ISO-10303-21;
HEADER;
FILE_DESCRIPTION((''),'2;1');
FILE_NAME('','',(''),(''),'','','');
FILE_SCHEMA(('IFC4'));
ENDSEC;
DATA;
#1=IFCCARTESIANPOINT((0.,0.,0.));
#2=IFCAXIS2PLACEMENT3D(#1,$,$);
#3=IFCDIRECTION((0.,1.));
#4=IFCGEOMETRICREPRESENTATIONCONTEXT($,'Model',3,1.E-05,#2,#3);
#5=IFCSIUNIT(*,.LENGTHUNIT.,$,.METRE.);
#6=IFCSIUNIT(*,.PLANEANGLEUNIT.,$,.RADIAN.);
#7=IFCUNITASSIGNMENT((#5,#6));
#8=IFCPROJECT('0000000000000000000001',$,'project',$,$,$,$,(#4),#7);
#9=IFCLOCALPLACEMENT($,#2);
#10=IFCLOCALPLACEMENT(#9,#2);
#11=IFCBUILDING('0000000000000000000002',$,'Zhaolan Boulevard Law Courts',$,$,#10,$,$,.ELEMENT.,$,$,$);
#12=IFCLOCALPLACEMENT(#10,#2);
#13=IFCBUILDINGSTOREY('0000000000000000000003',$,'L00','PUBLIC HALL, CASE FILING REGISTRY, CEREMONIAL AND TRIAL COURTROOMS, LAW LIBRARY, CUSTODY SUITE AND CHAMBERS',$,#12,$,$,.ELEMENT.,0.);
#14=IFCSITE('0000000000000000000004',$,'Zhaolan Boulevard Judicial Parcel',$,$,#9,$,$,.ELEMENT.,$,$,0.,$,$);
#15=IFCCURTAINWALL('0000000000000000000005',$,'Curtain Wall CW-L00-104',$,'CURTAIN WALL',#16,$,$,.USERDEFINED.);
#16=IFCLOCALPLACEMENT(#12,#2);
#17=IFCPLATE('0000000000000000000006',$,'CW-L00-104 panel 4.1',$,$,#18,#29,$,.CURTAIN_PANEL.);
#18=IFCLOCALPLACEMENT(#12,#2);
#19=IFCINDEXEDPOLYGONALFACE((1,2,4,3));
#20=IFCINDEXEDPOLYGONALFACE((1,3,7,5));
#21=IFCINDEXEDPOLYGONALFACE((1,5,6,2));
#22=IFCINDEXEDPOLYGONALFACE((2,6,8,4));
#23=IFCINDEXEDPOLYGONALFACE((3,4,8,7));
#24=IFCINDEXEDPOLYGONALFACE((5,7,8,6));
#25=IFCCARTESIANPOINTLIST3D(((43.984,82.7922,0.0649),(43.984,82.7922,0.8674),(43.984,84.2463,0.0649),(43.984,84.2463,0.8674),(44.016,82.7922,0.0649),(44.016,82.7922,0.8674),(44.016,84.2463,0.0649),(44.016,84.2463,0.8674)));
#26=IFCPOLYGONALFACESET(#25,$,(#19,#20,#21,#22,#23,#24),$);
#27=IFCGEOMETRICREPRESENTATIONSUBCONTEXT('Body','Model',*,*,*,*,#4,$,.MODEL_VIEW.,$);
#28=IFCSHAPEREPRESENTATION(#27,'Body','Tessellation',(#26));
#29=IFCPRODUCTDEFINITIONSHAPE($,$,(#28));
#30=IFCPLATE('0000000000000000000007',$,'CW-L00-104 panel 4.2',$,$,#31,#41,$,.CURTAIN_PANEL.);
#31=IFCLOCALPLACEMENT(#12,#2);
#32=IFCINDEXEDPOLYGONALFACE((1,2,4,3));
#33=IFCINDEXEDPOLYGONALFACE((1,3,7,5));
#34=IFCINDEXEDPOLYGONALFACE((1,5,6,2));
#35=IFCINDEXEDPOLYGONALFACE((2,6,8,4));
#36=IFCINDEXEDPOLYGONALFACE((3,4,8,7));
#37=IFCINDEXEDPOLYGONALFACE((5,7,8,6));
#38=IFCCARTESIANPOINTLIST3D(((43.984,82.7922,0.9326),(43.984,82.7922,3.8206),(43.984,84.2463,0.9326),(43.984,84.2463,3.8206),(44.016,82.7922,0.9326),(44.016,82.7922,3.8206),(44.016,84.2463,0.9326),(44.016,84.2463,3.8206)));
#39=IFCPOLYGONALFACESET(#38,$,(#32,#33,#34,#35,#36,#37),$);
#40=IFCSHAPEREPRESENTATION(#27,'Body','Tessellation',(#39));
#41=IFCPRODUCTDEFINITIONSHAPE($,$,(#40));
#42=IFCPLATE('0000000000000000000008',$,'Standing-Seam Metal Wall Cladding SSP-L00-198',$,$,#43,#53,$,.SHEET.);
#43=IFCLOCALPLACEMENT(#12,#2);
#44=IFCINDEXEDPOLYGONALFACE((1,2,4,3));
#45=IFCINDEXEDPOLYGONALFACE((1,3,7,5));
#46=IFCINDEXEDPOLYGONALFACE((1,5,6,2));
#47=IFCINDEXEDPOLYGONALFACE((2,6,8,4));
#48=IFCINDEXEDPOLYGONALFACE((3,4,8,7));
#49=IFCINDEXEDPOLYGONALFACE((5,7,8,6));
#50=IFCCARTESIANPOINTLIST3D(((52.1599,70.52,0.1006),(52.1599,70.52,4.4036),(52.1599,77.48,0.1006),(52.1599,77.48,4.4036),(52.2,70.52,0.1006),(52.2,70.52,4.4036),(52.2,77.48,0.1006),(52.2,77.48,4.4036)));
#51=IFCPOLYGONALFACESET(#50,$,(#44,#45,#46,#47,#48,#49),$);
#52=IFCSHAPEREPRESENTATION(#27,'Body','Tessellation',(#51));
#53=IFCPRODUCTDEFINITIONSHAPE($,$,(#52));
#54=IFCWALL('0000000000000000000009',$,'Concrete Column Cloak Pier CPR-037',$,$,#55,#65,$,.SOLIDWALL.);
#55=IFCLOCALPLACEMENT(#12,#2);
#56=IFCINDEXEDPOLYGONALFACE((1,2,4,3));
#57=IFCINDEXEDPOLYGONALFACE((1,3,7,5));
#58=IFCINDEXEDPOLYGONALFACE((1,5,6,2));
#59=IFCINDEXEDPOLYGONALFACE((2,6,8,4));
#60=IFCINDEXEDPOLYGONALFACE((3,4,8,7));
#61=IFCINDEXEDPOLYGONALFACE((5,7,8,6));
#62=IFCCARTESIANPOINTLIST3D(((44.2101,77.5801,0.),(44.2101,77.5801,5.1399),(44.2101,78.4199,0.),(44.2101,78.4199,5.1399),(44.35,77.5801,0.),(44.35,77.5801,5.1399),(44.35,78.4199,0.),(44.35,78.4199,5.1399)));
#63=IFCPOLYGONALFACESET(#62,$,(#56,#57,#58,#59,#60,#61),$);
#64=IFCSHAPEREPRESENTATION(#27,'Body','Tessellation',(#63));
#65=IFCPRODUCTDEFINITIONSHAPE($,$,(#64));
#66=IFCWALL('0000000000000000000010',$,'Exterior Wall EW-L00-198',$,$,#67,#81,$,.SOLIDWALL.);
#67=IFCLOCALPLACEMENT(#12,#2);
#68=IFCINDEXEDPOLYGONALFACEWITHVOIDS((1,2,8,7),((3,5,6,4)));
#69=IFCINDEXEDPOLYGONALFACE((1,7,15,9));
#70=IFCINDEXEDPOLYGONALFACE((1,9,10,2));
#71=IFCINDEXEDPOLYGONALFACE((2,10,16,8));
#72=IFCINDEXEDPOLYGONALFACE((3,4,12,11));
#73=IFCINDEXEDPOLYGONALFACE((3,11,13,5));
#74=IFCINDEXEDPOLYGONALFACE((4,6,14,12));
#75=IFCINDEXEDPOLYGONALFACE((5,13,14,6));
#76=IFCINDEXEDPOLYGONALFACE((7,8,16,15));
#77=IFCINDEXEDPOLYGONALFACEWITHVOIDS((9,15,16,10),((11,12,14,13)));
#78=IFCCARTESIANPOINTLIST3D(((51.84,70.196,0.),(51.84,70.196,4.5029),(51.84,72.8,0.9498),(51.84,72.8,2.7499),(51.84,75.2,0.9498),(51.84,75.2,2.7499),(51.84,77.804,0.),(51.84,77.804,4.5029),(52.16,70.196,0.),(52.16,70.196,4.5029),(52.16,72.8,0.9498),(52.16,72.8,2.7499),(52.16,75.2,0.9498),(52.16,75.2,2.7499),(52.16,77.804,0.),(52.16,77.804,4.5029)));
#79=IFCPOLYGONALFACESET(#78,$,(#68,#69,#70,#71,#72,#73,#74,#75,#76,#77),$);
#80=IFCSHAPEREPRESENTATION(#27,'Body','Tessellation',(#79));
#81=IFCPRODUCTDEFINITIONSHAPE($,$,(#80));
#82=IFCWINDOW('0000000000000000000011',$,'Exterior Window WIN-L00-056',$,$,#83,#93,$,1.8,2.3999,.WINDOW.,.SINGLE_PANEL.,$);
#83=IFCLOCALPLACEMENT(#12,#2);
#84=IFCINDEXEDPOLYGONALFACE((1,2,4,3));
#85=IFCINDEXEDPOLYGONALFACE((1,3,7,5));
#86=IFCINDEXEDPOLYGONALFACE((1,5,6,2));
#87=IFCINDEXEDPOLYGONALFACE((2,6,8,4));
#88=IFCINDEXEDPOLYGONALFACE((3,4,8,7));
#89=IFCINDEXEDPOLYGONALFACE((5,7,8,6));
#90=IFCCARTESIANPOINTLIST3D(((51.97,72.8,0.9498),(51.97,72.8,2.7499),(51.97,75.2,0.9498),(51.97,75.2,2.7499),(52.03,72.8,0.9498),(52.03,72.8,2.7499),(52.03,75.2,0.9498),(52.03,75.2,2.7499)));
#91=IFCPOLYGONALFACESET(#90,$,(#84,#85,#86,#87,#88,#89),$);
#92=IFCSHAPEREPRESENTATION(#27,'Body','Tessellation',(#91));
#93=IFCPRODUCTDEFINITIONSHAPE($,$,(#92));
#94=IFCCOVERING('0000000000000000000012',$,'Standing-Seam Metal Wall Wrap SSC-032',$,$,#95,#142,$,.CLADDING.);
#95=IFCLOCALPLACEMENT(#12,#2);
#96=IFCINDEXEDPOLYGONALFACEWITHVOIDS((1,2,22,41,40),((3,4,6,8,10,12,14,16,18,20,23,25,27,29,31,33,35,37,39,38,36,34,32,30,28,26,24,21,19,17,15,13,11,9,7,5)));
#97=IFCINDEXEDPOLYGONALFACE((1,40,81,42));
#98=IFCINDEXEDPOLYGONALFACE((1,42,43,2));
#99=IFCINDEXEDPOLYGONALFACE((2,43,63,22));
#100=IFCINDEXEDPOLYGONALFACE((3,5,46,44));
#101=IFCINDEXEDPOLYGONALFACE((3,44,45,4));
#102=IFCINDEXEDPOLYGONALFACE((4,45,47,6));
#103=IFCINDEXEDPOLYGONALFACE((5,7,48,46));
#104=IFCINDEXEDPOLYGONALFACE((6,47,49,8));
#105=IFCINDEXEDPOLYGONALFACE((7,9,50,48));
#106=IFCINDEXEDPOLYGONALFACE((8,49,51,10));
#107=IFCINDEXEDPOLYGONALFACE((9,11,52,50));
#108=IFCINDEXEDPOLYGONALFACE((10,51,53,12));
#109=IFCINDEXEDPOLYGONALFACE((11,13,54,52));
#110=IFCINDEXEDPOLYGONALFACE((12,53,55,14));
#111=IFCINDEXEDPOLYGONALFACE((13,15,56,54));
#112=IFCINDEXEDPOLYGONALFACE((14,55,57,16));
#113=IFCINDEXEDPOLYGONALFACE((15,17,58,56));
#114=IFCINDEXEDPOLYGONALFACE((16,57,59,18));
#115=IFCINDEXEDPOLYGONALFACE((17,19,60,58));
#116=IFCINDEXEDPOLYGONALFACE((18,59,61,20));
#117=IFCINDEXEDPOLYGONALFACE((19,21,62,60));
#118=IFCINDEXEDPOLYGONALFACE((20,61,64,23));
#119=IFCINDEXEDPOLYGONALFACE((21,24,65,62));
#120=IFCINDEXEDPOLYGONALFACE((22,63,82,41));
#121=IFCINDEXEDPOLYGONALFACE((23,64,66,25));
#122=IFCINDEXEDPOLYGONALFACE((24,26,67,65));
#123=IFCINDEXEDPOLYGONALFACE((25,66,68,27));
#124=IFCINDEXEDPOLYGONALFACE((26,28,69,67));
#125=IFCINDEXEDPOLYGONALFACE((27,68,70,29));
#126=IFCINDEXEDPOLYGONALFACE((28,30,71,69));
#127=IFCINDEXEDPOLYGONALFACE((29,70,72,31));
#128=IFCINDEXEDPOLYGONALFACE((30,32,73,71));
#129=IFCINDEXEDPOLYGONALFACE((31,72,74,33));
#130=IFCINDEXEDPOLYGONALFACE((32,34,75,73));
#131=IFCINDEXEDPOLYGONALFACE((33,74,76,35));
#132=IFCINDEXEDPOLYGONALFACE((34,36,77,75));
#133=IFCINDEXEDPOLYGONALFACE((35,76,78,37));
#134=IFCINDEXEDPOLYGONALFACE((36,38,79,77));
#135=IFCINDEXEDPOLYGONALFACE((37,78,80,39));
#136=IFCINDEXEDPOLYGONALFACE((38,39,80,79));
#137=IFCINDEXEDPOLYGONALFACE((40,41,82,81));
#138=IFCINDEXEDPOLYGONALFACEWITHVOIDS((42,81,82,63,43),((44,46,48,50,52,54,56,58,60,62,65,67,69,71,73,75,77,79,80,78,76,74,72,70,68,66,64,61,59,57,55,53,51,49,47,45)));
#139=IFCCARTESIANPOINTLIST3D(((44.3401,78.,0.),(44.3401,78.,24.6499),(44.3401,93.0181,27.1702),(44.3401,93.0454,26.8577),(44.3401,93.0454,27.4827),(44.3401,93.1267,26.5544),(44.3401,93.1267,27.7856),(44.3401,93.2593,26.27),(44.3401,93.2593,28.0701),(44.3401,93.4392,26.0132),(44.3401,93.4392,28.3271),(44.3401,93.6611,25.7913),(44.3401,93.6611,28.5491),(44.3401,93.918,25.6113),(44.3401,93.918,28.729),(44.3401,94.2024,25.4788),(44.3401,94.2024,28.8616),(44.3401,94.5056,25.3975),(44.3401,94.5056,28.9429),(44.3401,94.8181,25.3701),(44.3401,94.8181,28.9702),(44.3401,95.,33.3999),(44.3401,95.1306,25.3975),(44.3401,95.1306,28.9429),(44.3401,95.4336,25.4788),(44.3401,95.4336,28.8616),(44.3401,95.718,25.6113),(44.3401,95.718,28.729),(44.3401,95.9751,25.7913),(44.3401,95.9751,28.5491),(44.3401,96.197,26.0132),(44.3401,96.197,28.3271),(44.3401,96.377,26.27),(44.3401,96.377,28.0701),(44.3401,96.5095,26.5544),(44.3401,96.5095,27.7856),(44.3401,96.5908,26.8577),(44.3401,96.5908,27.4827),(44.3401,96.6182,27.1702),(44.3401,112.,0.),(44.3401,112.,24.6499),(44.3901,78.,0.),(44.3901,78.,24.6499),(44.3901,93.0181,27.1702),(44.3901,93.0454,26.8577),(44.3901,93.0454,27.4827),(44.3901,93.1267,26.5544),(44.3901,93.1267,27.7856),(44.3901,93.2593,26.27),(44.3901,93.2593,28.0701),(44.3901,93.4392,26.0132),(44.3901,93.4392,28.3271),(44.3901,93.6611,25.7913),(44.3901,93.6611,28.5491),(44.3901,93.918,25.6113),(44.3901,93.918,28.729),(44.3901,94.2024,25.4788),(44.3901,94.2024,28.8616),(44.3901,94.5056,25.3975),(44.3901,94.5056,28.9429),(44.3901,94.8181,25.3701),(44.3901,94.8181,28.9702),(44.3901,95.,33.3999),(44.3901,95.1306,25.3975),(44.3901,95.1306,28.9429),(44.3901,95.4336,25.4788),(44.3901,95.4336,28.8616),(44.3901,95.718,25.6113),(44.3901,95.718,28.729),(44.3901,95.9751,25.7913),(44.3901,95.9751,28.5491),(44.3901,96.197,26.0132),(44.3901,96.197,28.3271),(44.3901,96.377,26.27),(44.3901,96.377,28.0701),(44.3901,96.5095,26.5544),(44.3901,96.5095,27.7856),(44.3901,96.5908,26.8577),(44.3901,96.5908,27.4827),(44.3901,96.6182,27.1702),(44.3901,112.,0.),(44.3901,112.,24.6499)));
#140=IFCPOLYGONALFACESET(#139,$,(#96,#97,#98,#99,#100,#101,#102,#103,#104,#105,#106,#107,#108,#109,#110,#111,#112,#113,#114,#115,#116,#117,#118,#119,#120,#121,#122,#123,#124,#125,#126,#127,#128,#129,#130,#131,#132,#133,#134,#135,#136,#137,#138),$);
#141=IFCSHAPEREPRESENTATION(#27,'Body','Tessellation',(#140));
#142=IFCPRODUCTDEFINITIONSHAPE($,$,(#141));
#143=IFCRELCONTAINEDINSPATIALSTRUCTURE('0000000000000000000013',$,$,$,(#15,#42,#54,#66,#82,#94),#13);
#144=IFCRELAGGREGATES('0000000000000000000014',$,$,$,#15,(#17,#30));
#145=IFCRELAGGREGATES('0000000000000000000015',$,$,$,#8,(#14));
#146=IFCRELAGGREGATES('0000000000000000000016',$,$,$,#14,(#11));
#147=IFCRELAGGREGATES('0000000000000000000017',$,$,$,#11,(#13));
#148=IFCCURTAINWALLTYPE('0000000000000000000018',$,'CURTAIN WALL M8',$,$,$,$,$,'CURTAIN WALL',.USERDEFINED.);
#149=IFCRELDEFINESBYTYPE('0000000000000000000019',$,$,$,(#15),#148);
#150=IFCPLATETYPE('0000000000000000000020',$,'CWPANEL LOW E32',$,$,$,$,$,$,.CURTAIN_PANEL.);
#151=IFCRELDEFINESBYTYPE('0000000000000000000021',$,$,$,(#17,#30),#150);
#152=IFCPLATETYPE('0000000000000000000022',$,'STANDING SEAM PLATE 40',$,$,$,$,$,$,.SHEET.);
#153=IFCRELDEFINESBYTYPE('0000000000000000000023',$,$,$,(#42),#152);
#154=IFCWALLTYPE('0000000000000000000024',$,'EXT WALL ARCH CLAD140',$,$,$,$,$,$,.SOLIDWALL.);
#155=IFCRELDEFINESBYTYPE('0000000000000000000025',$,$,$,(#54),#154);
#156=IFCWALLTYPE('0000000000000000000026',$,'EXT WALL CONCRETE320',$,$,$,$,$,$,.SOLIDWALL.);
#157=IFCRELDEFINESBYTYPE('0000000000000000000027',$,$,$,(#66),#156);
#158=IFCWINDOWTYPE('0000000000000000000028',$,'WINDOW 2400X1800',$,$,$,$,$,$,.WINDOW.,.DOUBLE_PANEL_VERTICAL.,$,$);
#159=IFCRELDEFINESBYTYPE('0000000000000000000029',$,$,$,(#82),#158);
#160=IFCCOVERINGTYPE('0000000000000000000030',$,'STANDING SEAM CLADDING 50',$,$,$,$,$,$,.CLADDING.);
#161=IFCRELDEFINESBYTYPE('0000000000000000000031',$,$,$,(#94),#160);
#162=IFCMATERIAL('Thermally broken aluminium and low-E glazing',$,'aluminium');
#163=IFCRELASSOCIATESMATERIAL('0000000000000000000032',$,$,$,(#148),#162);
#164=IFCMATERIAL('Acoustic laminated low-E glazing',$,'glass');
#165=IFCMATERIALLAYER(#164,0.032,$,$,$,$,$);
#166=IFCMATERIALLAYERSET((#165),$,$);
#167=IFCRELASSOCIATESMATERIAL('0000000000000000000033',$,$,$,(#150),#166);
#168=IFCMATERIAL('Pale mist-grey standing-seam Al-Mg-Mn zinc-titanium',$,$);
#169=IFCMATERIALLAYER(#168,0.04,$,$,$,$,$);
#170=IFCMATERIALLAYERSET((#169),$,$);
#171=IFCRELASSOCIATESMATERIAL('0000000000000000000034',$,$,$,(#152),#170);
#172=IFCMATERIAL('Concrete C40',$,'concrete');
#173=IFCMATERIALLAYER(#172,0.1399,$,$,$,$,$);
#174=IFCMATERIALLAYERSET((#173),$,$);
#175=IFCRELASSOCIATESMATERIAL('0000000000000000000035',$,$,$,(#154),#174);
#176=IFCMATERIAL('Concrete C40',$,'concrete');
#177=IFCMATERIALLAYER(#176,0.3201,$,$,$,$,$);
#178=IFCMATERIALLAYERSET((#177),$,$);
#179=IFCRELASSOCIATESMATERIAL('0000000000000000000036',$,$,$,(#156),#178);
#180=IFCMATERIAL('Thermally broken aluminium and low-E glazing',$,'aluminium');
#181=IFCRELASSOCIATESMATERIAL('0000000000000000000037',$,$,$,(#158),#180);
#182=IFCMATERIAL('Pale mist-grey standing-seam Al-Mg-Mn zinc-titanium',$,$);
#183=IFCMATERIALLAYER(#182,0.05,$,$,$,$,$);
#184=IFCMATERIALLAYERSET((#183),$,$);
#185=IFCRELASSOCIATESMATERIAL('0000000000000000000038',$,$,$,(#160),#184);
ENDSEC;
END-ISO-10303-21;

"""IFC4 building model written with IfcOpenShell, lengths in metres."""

from ifc_helpers import new_model, si_unit, direction, frame, frame_2d, origin, origin_2d, place, context, subcontext, project, spatial, polyline, rectangle, outline, extrude, material, layer, layer_set, type_object, element, fill, aggregate, save


model = new_model("IFC4")

# Units and contexts
model_context = context("Model", 3, precision=1e-05, world=origin(), true_north=direction((0.0, 1.0)))
body_context = subcontext(model_context, "Body", "Model", "MODEL_VIEW")
ifc_project = project(units=[si_unit("LENGTHUNIT", "METRE"), si_unit("PLANEANGLEUNIT", "RADIAN")], contexts=[model_context])

# Site, building, storey
site_placement = place(None, origin())
site = spatial("IfcSite", under=ifc_project, at=site_placement, Name="Zhaolan Boulevard Judicial Parcel", CompositionType="ELEMENT", RefElevation=0.0)
building_placement = place(site_placement, origin())
building = spatial("IfcBuilding", under=site, at=building_placement, Name="Zhaolan Boulevard Law Courts", CompositionType="ELEMENT")
storey_placement = place(building_placement, origin())
storey = spatial("IfcBuildingStorey", under=building, at=storey_placement, Name="L00", Description="PUBLIC HALL, CASE FILING REGISTRY, CEREMONIAL AND TRIAL COURTROOMS, LAW LIBRARY, CUSTODY SUITE AND CHAMBERS", CompositionType="ELEMENT", Elevation=0.0)

# Curtain wall
ifc_material_1 = material(Name="Thermally broken aluminium and low-E glazing", Category="aluminium")
curtain_wall_type = type_object("IfcCurtainWallType", Name="CURTAIN WALL M8", ElementType="CURTAIN WALL", PredefinedType="USERDEFINED", material=ifc_material_1)
curtain_wall_placement = place(storey_placement, origin())
curtain_wall = element("IfcCurtainWall", 1, at=curtain_wall_placement, inside=storey, type_object=curtain_wall_type, Name="Curtain Wall CW-L00-104", ObjectType="CURTAIN WALL", PredefinedType="USERDEFINED")

# Plates
ifc_material_2 = material(Name="Acoustic laminated low-E glazing", Category="glass")
ifc_layer_1 = layer(ifc_material_2, 0.032)
ifc_layer_set_1 = layer_set([ifc_layer_1])
plate_type_1 = type_object("IfcPlateType", Name="CWPANEL LOW E32", PredefinedType="CURTAIN_PANEL", material=ifc_layer_set_1)
plate_1_placement = place(storey_placement, frame((44.0, 83.5193, 0.0649), z_axis=(0.0, 0.0, 1.0), x_axis=(0.0, 1.0, 0.0)))
plate_1 = element("IfcPlate", 2, at=plate_1_placement, type_object=plate_type_1, Name="CW-L00-104 panel 4.1", PredefinedType="CURTAIN_PANEL", context=body_context, shape_type="SweptSolid", body=[
    extrude(rectangle(XDim=1.4541, YDim=0.032, at=origin_2d()), origin(), (0.0, 0.0, 1.0), 0.8025),
])
plate_2_placement = place(storey_placement, frame((44.0, 83.5193, 0.9326), z_axis=(0.0, 0.0, 1.0), x_axis=(0.0, 1.0, 0.0)))
plate_2 = element("IfcPlate", 3, at=plate_2_placement, type_object=plate_type_1, Name="CW-L00-104 panel 4.2", PredefinedType="CURTAIN_PANEL", context=body_context, shape_type="SweptSolid", body=[
    extrude(rectangle(XDim=1.4541, YDim=0.032, at=origin_2d()), origin(), (0.0, 0.0, 1.0), 2.8879),
])
aggregate(curtain_wall, [plate_1, plate_2])
ifc_material_3 = material(Name="Pale mist-grey standing-seam Al-Mg-Mn zinc-titanium")
ifc_layer_2 = layer(ifc_material_3, 0.04)
ifc_layer_set_2 = layer_set([ifc_layer_2])
plate_type_2 = type_object("IfcPlateType", Name="STANDING SEAM PLATE 40", PredefinedType="SHEET", material=ifc_layer_set_2)
plate_3_placement = place(storey_placement, frame((52.1799, 74.0, 0.1006), z_axis=(0.0, 0.0, 1.0), x_axis=(0.0, -1.0, 0.0)))
element("IfcPlate", 4, at=plate_3_placement, inside=storey, type_object=plate_type_2, Name="Standing-Seam Metal Wall Cladding SSP-L00-198", PredefinedType="SHEET", context=body_context, shape_type="SweptSolid", body=[
    extrude(rectangle(XDim=6.96, YDim=0.04, at=origin_2d()), origin(), (0.0, 0.0, 1.0), 4.303),
])

# Wall
ifc_material_4 = material(Name="Concrete C40", Category="concrete")
ifc_layer_3 = layer(ifc_material_4, 0.1399)
ifc_layer_set_3 = layer_set([ifc_layer_3])
wall_type_1 = type_object("IfcWallType", Name="EXT WALL ARCH CLAD140", PredefinedType="SOLIDWALL", material=ifc_layer_set_3)
wall_1_placement = place(storey_placement, frame((44.28, 77.5801, 0.0), z_axis=(0.0, 0.0, 1.0), x_axis=(0.0, 1.0, 0.0)))
element("IfcWall", 5, at=wall_1_placement, inside=storey, type_object=wall_type_1, Name="Concrete Column Cloak Pier CPR-037", PredefinedType="SOLIDWALL", context=body_context, shape_type="SweptSolid", body=[
    extrude(rectangle(XDim=0.8398, YDim=0.1399, at=frame_2d((0.4199, 0.0))), origin(), (0.0, 0.0, 1.0), 5.1399),
])

# Wall, opening, window
ifc_material_5 = material(Name="Concrete C40", Category="concrete")
ifc_layer_4 = layer(ifc_material_5, 0.3201)
ifc_layer_set_4 = layer_set([ifc_layer_4])
wall_type_2 = type_object("IfcWallType", Name="EXT WALL CONCRETE320", PredefinedType="SOLIDWALL", material=ifc_layer_set_4)
wall_2_placement = place(storey_placement, frame((52.0, 77.804, 0.0), z_axis=(0.0, 0.0, 1.0), x_axis=(0.0, -1.0, 0.0)))
wall_2 = element("IfcWall", 6, at=wall_2_placement, inside=storey, type_object=wall_type_2, Name="Exterior Wall EW-L00-198", PredefinedType="SOLIDWALL", context=body_context, shape_type="SweptSolid", body=[
    extrude(rectangle(XDim=7.6079, YDim=0.3201, at=frame_2d((3.804, 0.0))), origin(), (0.0, 0.0, 1.0), 4.5029),
])
opening_1_placement = place(wall_2_placement, frame((2.604, 0.0, 0.95)))
opening_1 = element("IfcOpeningElement", 7, at=opening_1_placement, cuts=wall_2, PredefinedType="OPENING", context=body_context, shape_type="SweptSolid", body=[
    extrude(rectangle(XDim=2.3999, YDim=1.8, at=frame_2d((1.2, 0.8999))), frame((0.0, 0.1699, 0.0), z_axis=(0.0, -1.0, 0.0), x_axis=(1.0, 0.0, 0.0)), (0.0, 0.0, 1.0), 0.3401),
])
ifc_material_6 = material(Name="Thermally broken aluminium and low-E glazing", Category="aluminium")
window_type = type_object("IfcWindowType", Name="WINDOW 2400X1800", PartitioningType="DOUBLE_PANEL_VERTICAL", PredefinedType="WINDOW", material=ifc_material_6)
window_placement = place(opening_1_placement, origin())
window = element("IfcWindow", 8, at=window_placement, inside=storey, type_object=window_type, Name="Exterior Window WIN-L00-056", OverallHeight=1.8, OverallWidth=2.3999, PartitioningType="SINGLE_PANEL", PredefinedType="WINDOW", context=body_context, shape_type="SweptSolid", body=[
    extrude(rectangle(XDim=2.3999, YDim=1.8, at=frame_2d((1.2, 0.8999))), frame((0.0, 0.03, 0.0), z_axis=(0.0, -1.0, 0.0), x_axis=(1.0, 0.0, 0.0)), (0.0, 0.0, 1.0), 0.0601),
])
fill(opening_1, window)

# Covering, opening
ifc_material_7 = material(Name="Pale mist-grey standing-seam Al-Mg-Mn zinc-titanium")
ifc_layer_5 = layer(ifc_material_7, 0.05)
ifc_layer_set_5 = layer_set([ifc_layer_5])
covering_type = type_object("IfcCoveringType", Name="STANDING SEAM CLADDING 50", PredefinedType="CLADDING", material=ifc_layer_set_5)
covering_placement = place(storey_placement, frame((44.365, 78.0, 0.0), z_axis=(0.0, 0.0, 1.0), x_axis=(0.0, 1.0, 0.0)))
covering = element("IfcCovering", 9, at=covering_placement, inside=storey, type_object=covering_type, Name="Standing-Seam Metal Wall Wrap SSC-032", PredefinedType="CLADDING", context=body_context, shape_type="SweptSolid", body=[
    extrude(outline(polyline([(0.0, 0.0), (34.0, 0.0), (34.0, 24.6499), (17.0, 33.3999), (0.0, 24.6499), (0.0, 0.0)])), frame((0.0, 0.0249, 0.0), z_axis=(0.0, -1.0, 0.0), x_axis=(1.0, 0.0, 0.0)), (0.0, 0.0, 1.0), 0.05),
])
opening_2_placement = place(storey_placement, frame((44.365, 93.0181, 25.3701), z_axis=(0.0, 0.0, 1.0), x_axis=(0.0, 1.0, 0.0)))
element("IfcOpeningElement", 10, at=opening_2_placement, cuts=covering, PredefinedType="OPENING", context=body_context, shape_type="SweptSolid", body=[
    extrude(outline(polyline([(3.6001, 1.8), (3.5728, 2.1125), (3.4915, 2.4155), (3.3589, 2.7), (3.179, 2.957), (2.957, 3.179), (2.7, 3.3589), (2.4155, 3.4915), (2.1125, 3.5728), (1.8, 3.6001), (1.4875, 3.5728), (1.1843, 3.4915), (0.8999, 3.3589), (0.6431, 3.179), (0.4211, 2.957), (0.2412, 2.7), (0.1086, 2.4155), (0.0273, 2.1125), (0.0, 1.8), (0.0273, 1.4875), (0.1086, 1.1843), (0.2412, 0.8999), (0.4211, 0.6431), (0.6431, 0.4211), (0.8999, 0.2412), (1.1843, 0.1086), (1.4875, 0.0273), (1.8, 0.0), (2.1125, 0.0273), (2.4155, 0.1086), (2.7, 0.2412), (2.957, 0.4211), (3.179, 0.6431), (3.3589, 0.8999), (3.4915, 1.1843), (3.5728, 1.4875), (3.6001, 1.8)])), frame((0.0, 0.1499, 0.0), z_axis=(0.0, -1.0, 0.0), x_axis=(1.0, 0.0, 0.0)), (0.0, 0.0, 1.0), 0.3),
])

save(model, "model.ifc")
